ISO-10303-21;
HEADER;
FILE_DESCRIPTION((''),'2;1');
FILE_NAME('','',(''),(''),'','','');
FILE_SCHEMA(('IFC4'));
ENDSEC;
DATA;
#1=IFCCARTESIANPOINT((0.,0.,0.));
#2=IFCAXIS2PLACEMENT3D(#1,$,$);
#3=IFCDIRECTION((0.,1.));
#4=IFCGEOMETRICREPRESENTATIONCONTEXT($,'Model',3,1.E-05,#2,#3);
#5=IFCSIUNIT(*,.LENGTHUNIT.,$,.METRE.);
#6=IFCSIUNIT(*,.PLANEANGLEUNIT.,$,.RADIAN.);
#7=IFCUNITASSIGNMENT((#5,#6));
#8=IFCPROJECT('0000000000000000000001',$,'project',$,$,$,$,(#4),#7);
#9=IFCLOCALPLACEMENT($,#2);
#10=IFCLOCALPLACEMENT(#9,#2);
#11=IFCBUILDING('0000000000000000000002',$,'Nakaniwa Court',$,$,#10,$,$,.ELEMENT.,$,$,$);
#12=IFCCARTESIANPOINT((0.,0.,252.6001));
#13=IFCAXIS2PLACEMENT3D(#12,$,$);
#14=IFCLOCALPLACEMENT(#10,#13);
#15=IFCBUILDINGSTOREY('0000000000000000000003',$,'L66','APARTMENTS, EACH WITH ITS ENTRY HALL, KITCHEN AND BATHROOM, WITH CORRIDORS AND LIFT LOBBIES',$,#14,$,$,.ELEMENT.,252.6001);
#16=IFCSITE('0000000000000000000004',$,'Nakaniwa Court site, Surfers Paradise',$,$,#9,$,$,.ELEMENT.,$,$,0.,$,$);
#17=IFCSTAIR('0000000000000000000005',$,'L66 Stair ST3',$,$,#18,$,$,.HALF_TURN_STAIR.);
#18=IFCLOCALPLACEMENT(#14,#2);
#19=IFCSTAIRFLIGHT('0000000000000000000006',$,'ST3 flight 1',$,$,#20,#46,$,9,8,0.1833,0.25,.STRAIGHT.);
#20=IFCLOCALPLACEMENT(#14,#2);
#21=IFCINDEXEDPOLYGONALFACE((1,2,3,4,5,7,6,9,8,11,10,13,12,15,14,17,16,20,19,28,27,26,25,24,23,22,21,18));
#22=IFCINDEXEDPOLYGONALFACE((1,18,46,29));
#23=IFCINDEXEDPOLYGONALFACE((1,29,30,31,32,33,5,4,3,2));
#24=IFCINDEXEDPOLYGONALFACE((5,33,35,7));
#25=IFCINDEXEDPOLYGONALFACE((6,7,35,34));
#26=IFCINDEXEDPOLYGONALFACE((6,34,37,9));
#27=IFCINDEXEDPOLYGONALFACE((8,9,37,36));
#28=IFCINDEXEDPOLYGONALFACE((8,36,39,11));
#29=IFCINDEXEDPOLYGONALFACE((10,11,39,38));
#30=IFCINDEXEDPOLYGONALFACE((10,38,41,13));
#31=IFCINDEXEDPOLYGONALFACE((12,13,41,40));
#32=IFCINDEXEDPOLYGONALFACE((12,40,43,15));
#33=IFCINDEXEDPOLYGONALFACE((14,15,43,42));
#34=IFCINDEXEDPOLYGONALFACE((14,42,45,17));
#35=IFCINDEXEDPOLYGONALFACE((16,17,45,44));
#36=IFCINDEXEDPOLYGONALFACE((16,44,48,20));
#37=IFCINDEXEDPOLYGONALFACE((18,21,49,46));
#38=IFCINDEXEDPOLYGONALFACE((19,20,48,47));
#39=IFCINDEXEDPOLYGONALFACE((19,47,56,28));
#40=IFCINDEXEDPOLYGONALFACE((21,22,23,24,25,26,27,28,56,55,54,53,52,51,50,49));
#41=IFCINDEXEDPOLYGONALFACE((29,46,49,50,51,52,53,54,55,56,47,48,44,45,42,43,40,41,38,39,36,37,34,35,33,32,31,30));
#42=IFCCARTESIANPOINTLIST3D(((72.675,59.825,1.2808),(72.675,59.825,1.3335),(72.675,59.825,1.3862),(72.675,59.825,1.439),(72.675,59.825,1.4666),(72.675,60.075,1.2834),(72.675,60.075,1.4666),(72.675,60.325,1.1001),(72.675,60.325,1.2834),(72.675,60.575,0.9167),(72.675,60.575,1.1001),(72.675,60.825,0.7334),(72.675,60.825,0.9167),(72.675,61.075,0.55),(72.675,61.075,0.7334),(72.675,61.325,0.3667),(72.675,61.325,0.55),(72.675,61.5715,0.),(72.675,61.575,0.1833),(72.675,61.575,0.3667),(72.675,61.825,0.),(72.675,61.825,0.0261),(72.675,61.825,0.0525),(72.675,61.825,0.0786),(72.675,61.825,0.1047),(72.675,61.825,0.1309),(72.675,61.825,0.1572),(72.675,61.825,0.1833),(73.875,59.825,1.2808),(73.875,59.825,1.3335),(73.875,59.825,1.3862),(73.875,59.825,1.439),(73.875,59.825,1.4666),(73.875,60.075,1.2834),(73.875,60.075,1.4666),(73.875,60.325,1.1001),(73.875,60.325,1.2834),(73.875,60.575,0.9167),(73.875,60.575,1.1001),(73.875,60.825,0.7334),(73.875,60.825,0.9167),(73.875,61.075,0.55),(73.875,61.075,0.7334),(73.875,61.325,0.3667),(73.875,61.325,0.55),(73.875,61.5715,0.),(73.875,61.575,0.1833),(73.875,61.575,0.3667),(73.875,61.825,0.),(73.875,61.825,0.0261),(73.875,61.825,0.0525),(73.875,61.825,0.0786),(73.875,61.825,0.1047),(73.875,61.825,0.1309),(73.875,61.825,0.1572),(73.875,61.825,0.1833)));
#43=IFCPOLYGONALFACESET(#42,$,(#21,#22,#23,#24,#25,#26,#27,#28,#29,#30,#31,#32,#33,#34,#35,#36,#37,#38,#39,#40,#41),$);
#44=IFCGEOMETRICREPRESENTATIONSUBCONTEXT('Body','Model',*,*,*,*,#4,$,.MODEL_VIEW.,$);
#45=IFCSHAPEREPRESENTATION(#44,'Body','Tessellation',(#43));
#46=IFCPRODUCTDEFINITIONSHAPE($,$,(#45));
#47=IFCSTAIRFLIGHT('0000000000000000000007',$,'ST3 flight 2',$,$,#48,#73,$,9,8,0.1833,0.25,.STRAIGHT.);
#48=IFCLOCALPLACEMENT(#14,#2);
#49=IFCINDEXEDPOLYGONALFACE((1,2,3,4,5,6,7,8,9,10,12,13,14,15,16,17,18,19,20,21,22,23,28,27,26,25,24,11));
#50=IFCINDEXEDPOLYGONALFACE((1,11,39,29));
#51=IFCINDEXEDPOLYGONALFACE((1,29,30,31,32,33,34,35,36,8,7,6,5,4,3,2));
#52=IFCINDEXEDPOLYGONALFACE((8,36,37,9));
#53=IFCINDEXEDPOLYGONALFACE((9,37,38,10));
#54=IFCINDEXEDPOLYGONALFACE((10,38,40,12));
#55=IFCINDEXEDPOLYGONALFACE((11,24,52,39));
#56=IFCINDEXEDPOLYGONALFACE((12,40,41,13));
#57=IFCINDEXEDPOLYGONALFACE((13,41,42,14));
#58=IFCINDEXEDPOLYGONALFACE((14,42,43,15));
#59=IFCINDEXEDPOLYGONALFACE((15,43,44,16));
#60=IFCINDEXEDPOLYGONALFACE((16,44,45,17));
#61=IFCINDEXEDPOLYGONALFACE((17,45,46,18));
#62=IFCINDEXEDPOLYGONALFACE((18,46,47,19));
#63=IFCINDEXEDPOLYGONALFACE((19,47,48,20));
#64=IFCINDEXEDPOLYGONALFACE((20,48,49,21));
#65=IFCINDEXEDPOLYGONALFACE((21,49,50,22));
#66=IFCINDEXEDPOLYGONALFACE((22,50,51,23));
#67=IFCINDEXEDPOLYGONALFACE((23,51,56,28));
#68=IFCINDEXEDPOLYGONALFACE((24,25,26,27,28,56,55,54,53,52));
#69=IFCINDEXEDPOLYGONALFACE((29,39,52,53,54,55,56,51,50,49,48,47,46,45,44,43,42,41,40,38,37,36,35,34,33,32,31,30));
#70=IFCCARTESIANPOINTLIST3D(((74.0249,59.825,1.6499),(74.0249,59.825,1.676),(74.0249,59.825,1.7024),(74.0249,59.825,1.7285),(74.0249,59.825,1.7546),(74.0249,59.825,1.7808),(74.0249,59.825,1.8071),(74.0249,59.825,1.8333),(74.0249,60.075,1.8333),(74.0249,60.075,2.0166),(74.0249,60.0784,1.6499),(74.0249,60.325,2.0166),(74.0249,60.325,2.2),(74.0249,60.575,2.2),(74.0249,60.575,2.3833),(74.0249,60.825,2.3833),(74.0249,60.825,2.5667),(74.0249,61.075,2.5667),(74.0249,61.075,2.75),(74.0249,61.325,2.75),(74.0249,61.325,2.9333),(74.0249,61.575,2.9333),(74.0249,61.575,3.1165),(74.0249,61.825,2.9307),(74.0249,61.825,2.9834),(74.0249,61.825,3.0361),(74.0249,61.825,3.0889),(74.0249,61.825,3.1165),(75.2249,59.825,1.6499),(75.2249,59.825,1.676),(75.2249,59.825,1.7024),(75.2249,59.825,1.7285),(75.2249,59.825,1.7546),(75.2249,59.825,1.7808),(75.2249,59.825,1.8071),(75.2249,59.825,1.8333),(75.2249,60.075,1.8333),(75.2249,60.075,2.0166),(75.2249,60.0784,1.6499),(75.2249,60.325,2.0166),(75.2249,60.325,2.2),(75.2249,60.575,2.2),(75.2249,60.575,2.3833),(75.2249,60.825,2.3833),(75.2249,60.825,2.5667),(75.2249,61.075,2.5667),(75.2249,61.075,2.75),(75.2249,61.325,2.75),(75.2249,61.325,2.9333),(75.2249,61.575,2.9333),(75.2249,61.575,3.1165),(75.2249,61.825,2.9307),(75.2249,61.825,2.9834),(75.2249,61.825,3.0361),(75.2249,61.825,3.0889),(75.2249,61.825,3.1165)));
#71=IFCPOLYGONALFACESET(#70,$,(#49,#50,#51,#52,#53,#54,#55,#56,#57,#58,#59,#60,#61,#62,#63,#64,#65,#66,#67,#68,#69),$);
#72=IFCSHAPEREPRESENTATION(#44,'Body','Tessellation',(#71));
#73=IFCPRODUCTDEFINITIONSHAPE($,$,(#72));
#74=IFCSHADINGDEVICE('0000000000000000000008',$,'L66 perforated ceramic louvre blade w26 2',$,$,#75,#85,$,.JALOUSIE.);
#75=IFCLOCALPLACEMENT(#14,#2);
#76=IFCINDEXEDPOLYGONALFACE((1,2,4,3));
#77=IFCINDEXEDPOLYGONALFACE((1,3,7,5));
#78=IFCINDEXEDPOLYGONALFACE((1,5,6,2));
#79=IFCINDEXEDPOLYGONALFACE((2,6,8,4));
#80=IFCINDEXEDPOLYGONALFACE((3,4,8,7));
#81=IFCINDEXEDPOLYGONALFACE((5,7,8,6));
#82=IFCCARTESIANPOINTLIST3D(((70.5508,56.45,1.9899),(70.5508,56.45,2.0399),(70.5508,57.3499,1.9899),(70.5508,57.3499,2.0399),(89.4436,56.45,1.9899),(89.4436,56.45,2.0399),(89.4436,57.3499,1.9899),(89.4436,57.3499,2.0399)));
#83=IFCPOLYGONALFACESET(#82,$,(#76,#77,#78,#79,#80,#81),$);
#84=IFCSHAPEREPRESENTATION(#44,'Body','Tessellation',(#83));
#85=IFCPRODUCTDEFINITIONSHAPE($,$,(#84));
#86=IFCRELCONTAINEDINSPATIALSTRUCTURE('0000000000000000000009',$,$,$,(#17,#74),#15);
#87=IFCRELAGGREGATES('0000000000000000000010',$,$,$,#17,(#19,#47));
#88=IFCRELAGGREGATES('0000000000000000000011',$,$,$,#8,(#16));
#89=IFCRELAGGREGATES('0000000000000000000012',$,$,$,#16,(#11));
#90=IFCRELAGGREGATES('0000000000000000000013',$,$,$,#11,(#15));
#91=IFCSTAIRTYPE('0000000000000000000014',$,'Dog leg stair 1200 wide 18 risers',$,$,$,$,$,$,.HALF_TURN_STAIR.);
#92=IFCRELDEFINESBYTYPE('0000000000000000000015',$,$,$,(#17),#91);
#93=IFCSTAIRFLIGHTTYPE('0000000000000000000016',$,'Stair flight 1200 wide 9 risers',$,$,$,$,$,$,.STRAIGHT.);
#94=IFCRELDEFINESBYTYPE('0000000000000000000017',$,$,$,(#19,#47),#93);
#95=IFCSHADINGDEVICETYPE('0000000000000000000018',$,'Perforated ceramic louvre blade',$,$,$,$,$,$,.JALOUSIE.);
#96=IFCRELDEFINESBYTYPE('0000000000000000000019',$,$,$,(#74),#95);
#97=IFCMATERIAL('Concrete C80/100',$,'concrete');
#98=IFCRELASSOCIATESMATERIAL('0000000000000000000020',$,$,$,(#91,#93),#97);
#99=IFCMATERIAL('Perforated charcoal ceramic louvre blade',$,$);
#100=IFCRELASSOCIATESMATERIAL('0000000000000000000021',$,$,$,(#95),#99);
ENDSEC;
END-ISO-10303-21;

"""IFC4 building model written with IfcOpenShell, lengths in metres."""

from ifc_helpers import new_model, si_unit, direction, frame, origin, origin_2d, place, context, subcontext, project, spatial, polyline, rectangle, outline, extrude, material, material_profile, profile_set, type_object, element, aggregate, save


model = new_model("IFC4")

# Units and contexts
model_context = context("Model", 3, precision=1e-05, world=origin(), true_north=direction((0.0, 1.0)))
body_context = subcontext(model_context, "Body", "Model", "MODEL_VIEW")
ifc_project = project(units=[si_unit("LENGTHUNIT", "METRE"), si_unit("PLANEANGLEUNIT", "RADIAN")], contexts=[model_context])

# Site, building, storey
site_placement = place(None, origin())
site = spatial("IfcSite", under=ifc_project, at=site_placement, Name="Nakaniwa Court site, Surfers Paradise", CompositionType="ELEMENT", RefElevation=0.0)
building_placement = place(site_placement, origin())
building = spatial("IfcBuilding", under=site, at=building_placement, Name="Nakaniwa Court", CompositionType="ELEMENT")
storey_placement = place(building_placement, frame((0.0, 0.0, 252.6001)))
storey = spatial("IfcBuildingStorey", under=building, at=storey_placement, Name="L66", Description="APARTMENTS, EACH WITH ITS ENTRY HALL, KITCHEN AND BATHROOM, WITH CORRIDORS AND LIFT LOBBIES", CompositionType="ELEMENT", Elevation=252.6001)

# Shared definitions
ifc_material_1 = material(Name="Concrete C80/100", Category="concrete")

# Stair, stair flights
stair_type = type_object("IfcStairType", Name="Dog leg stair 1200 wide 18 risers", PredefinedType="HALF_TURN_STAIR", material=ifc_material_1)
stair_placement = place(storey_placement, origin())
stair = element("IfcStair", 1, at=stair_placement, inside=storey, type_object=stair_type, Name="L66 Stair ST3", PredefinedType="HALF_TURN_STAIR")
stair_flight_type = type_object("IfcStairFlightType", Name="Stair flight 1200 wide 9 risers", PredefinedType="STRAIGHT", material=ifc_material_1)
stair_flight_1_placement = place(storey_placement, frame((73.2749, 61.825, 0.0), z_axis=(0.0, 0.0, 1.0), x_axis=(0.0, -1.0, 0.0)))
stair_flight_1 = element("IfcStairFlight", 2, at=stair_flight_1_placement, type_object=stair_flight_type, Name="ST3 flight 1", NumberOfRisers=9, NumberOfTreads=8, PredefinedType="STRAIGHT", RiserHeight=0.1833, TreadLength=0.25, context=body_context, shape_type="SweptSolid", body=[
    extrude(outline(polyline([(0.0, 0.0), (0.0, 0.0261), (0.0, 0.0525), (0.0, 0.0786), (0.0, 0.1047), (0.0, 0.1309), (0.0, 0.1572), (0.0, 0.1833), (0.25, 0.1833), (0.25, 0.3667), (0.5, 0.3667), (0.5, 0.55), (0.75, 0.55), (0.75, 0.7334), (1.0, 0.7334), (1.0, 0.9167), (1.25, 0.9167), (1.25, 1.1001), (1.5, 1.1001), (1.5, 1.2834), (1.75, 1.2834), (1.75, 1.4666), (2.0, 1.4666), (2.0, 1.6499), (2.0, 1.5972), (2.0, 1.5444), (2.0, 1.4917), (2.0, 1.439), (2.0, 1.3862), (2.0, 1.3335), (2.0, 1.2808), (0.2534, 0.0), (0.0, 0.0)])), frame((0.0, 0.6001, 0.0), z_axis=(0.0, -1.0, 0.0), x_axis=(1.0, 0.0, 0.0)), (0.0, 0.0, 1.0), 1.2),
])
stair_flight_2_placement = place(storey_placement, frame((74.625, 59.825, 1.6499), z_axis=(0.0, 0.0, 1.0), x_axis=(0.0, 1.0, 0.0)))
stair_flight_2 = element("IfcStairFlight", 3, at=stair_flight_2_placement, type_object=stair_flight_type, Name="ST3 flight 2", NumberOfRisers=9, NumberOfTreads=8, PredefinedType="STRAIGHT", RiserHeight=0.1833, TreadLength=0.25, context=body_context, shape_type="SweptSolid", body=[
    extrude(outline(polyline([(0.0, 0.0), (0.0, 0.0261), (0.0, 0.0525), (0.0, 0.0786), (0.0, 0.1047), (0.0, 0.1309), (0.0, 0.1572), (0.0, 0.1833), (0.25, 0.1833), (0.25, 0.3667), (0.5, 0.3667), (0.5, 0.55), (0.75, 0.55), (0.75, 0.7334), (1.0, 0.7334), (1.0, 0.9167), (1.25, 0.9167), (1.25, 1.1001), (1.5, 1.1001), (1.5, 1.2834), (1.75, 1.2834), (1.75, 1.4666), (2.0, 1.4666), (2.0, 1.6499), (2.0, 1.5972), (2.0, 1.5444), (2.0, 1.4917), (2.0, 1.439), (2.0, 1.3862), (2.0, 1.3335), (2.0, 1.2808), (0.2534, 0.0), (0.0, 0.0)])), frame((0.0, 0.6001, 0.0), z_axis=(0.0, -1.0, 0.0), x_axis=(1.0, 0.0, 0.0)), (0.0, 0.0, 1.0), 1.2),
])
aggregate(stair, [stair_flight_1, stair_flight_2])

# Shading device
ifc_material_2 = material(Name="Perforated charcoal ceramic louvre blade")
ifc_material_profile = material_profile(ifc_material_2, rectangle(XDim=0.8999, YDim=0.05, at=origin_2d()), Name="Perforated ceramic louvre blade")
ifc_profile_set = profile_set([ifc_material_profile], Name="Perforated charcoal ceramic louvre blade")
shading_device_type = type_object("IfcShadingDeviceType", Name="Perforated ceramic louvre blade", PredefinedType="JALOUSIE", material=ifc_profile_set)
shading_device_placement = place(storey_placement, frame((70.5508, 56.8999, 2.0149), z_axis=(1.0, 0.0, 0.0), x_axis=(0.0, 1.0, 0.0)))
element("IfcShadingDevice", 4, at=shading_device_placement, inside=storey, type_object=shading_device_type, Name="L66 perforated ceramic louvre blade w26 2", PredefinedType="JALOUSIE", context=body_context, shape_type="SweptSolid", body=[
    extrude(rectangle(XDim=0.8999, YDim=0.05, at=origin_2d()), origin(), (0.0, 0.0, 1.0), 18.8928),
])

save(model, "model.ifc")
